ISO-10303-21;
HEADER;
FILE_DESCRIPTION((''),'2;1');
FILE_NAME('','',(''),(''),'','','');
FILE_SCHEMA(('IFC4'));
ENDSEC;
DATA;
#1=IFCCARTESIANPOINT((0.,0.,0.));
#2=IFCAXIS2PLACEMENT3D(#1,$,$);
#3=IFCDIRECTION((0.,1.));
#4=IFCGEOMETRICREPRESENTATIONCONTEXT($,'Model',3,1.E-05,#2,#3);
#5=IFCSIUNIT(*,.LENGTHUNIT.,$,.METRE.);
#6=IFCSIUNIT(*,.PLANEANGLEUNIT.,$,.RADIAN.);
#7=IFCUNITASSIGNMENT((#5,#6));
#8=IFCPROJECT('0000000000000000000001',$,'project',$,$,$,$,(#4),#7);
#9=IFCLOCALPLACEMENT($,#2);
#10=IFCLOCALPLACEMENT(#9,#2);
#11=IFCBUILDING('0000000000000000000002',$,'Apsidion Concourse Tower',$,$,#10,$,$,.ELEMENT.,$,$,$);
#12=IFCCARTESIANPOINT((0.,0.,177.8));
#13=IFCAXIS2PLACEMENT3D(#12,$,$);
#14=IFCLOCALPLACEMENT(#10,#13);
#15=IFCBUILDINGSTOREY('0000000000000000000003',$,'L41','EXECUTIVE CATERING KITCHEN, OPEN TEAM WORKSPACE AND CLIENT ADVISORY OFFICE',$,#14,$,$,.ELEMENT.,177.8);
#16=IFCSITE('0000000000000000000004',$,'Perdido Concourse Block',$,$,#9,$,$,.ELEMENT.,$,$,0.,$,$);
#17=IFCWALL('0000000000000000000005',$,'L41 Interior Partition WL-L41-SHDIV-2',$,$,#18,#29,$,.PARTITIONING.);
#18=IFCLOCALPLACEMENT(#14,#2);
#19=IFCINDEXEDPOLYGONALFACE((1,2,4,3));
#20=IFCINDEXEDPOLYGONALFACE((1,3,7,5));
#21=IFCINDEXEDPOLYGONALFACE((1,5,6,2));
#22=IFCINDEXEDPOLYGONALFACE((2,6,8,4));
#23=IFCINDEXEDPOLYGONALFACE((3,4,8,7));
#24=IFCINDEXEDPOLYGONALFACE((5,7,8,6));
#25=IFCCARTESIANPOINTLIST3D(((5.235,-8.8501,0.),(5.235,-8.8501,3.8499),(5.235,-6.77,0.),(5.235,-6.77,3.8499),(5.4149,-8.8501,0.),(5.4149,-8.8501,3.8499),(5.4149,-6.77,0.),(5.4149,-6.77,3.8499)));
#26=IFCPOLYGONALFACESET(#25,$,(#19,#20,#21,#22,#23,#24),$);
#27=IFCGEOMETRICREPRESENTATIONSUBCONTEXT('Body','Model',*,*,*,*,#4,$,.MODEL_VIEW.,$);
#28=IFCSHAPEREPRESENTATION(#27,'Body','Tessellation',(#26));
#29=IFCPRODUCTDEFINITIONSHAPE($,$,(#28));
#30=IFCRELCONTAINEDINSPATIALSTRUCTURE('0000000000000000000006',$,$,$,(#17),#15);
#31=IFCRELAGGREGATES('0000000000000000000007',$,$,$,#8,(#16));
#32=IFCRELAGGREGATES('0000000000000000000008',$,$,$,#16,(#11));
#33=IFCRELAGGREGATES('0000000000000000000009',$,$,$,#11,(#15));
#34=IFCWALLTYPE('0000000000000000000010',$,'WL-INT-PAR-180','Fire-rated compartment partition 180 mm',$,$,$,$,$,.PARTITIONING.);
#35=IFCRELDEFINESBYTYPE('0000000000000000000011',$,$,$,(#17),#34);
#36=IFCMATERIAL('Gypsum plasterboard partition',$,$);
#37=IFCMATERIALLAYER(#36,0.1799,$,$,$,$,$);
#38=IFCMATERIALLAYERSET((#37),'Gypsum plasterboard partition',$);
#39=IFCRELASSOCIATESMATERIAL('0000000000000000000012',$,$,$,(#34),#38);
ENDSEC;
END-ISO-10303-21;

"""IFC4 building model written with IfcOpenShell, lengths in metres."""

from ifc_helpers import new_model, si_unit, direction, frame, frame_2d, origin, place, context, subcontext, project, spatial, rectangle, extrude, material, layer, layer_set, type_object, element, save


model = new_model("IFC4")

# Units and contexts
model_context = context("Model", 3, precision=1e-05, world=origin(), true_north=direction((0.0, 1.0)))
body_context = subcontext(model_context, "Body", "Model", "MODEL_VIEW")
ifc_project = project(units=[si_unit("LENGTHUNIT", "METRE"), si_unit("PLANEANGLEUNIT", "RADIAN")], contexts=[model_context])

# Site, building, storey
site_placement = place(None, origin())
site = spatial("IfcSite", under=ifc_project, at=site_placement, Name="Perdido Concourse Block", CompositionType="ELEMENT", RefElevation=0.0)
building_placement = place(site_placement, origin())
building = spatial("IfcBuilding", under=site, at=building_placement, Name="Apsidion Concourse Tower", CompositionType="ELEMENT")
storey_placement = place(building_placement, frame((0.0, 0.0, 177.8)))
storey = spatial("IfcBuildingStorey", under=building, at=storey_placement, Name="L41", Description="EXECUTIVE CATERING KITCHEN, OPEN TEAM WORKSPACE AND CLIENT ADVISORY OFFICE", CompositionType="ELEMENT", Elevation=177.8)

# Wall
ifc_material_1 = material(Name="Gypsum plasterboard partition")
ifc_layer_1 = layer(ifc_material_1, 0.1799)
ifc_layer_set_1 = layer_set([ifc_layer_1], Name="Gypsum plasterboard partition")
wall_type_1 = type_object("IfcWallType", Name="WL-INT-PAR-180", Description="Fire-rated compartment partition 180 mm", PredefinedType="PARTITIONING", material=ifc_layer_set_1)
wall_1_placement = place(storey_placement, frame((5.325, -8.8501, 0.0), z_axis=(0.0, 0.0, 1.0), x_axis=(0.0, 1.0, 0.0)))
element("IfcWall", 1, at=wall_1_placement, inside=storey, type_object=wall_type_1, Name="L41 Interior Partition WL-L41-SHDIV-2", PredefinedType="PARTITIONING", context=body_context, shape_type="SweptSolid", body=[
    extrude(rectangle(XDim=2.0801, YDim=0.1799, at=frame_2d((1.04, 0.0))), origin(), (0.0, 0.0, 1.0), 3.8499),
])

save(model, "model.ifc")
